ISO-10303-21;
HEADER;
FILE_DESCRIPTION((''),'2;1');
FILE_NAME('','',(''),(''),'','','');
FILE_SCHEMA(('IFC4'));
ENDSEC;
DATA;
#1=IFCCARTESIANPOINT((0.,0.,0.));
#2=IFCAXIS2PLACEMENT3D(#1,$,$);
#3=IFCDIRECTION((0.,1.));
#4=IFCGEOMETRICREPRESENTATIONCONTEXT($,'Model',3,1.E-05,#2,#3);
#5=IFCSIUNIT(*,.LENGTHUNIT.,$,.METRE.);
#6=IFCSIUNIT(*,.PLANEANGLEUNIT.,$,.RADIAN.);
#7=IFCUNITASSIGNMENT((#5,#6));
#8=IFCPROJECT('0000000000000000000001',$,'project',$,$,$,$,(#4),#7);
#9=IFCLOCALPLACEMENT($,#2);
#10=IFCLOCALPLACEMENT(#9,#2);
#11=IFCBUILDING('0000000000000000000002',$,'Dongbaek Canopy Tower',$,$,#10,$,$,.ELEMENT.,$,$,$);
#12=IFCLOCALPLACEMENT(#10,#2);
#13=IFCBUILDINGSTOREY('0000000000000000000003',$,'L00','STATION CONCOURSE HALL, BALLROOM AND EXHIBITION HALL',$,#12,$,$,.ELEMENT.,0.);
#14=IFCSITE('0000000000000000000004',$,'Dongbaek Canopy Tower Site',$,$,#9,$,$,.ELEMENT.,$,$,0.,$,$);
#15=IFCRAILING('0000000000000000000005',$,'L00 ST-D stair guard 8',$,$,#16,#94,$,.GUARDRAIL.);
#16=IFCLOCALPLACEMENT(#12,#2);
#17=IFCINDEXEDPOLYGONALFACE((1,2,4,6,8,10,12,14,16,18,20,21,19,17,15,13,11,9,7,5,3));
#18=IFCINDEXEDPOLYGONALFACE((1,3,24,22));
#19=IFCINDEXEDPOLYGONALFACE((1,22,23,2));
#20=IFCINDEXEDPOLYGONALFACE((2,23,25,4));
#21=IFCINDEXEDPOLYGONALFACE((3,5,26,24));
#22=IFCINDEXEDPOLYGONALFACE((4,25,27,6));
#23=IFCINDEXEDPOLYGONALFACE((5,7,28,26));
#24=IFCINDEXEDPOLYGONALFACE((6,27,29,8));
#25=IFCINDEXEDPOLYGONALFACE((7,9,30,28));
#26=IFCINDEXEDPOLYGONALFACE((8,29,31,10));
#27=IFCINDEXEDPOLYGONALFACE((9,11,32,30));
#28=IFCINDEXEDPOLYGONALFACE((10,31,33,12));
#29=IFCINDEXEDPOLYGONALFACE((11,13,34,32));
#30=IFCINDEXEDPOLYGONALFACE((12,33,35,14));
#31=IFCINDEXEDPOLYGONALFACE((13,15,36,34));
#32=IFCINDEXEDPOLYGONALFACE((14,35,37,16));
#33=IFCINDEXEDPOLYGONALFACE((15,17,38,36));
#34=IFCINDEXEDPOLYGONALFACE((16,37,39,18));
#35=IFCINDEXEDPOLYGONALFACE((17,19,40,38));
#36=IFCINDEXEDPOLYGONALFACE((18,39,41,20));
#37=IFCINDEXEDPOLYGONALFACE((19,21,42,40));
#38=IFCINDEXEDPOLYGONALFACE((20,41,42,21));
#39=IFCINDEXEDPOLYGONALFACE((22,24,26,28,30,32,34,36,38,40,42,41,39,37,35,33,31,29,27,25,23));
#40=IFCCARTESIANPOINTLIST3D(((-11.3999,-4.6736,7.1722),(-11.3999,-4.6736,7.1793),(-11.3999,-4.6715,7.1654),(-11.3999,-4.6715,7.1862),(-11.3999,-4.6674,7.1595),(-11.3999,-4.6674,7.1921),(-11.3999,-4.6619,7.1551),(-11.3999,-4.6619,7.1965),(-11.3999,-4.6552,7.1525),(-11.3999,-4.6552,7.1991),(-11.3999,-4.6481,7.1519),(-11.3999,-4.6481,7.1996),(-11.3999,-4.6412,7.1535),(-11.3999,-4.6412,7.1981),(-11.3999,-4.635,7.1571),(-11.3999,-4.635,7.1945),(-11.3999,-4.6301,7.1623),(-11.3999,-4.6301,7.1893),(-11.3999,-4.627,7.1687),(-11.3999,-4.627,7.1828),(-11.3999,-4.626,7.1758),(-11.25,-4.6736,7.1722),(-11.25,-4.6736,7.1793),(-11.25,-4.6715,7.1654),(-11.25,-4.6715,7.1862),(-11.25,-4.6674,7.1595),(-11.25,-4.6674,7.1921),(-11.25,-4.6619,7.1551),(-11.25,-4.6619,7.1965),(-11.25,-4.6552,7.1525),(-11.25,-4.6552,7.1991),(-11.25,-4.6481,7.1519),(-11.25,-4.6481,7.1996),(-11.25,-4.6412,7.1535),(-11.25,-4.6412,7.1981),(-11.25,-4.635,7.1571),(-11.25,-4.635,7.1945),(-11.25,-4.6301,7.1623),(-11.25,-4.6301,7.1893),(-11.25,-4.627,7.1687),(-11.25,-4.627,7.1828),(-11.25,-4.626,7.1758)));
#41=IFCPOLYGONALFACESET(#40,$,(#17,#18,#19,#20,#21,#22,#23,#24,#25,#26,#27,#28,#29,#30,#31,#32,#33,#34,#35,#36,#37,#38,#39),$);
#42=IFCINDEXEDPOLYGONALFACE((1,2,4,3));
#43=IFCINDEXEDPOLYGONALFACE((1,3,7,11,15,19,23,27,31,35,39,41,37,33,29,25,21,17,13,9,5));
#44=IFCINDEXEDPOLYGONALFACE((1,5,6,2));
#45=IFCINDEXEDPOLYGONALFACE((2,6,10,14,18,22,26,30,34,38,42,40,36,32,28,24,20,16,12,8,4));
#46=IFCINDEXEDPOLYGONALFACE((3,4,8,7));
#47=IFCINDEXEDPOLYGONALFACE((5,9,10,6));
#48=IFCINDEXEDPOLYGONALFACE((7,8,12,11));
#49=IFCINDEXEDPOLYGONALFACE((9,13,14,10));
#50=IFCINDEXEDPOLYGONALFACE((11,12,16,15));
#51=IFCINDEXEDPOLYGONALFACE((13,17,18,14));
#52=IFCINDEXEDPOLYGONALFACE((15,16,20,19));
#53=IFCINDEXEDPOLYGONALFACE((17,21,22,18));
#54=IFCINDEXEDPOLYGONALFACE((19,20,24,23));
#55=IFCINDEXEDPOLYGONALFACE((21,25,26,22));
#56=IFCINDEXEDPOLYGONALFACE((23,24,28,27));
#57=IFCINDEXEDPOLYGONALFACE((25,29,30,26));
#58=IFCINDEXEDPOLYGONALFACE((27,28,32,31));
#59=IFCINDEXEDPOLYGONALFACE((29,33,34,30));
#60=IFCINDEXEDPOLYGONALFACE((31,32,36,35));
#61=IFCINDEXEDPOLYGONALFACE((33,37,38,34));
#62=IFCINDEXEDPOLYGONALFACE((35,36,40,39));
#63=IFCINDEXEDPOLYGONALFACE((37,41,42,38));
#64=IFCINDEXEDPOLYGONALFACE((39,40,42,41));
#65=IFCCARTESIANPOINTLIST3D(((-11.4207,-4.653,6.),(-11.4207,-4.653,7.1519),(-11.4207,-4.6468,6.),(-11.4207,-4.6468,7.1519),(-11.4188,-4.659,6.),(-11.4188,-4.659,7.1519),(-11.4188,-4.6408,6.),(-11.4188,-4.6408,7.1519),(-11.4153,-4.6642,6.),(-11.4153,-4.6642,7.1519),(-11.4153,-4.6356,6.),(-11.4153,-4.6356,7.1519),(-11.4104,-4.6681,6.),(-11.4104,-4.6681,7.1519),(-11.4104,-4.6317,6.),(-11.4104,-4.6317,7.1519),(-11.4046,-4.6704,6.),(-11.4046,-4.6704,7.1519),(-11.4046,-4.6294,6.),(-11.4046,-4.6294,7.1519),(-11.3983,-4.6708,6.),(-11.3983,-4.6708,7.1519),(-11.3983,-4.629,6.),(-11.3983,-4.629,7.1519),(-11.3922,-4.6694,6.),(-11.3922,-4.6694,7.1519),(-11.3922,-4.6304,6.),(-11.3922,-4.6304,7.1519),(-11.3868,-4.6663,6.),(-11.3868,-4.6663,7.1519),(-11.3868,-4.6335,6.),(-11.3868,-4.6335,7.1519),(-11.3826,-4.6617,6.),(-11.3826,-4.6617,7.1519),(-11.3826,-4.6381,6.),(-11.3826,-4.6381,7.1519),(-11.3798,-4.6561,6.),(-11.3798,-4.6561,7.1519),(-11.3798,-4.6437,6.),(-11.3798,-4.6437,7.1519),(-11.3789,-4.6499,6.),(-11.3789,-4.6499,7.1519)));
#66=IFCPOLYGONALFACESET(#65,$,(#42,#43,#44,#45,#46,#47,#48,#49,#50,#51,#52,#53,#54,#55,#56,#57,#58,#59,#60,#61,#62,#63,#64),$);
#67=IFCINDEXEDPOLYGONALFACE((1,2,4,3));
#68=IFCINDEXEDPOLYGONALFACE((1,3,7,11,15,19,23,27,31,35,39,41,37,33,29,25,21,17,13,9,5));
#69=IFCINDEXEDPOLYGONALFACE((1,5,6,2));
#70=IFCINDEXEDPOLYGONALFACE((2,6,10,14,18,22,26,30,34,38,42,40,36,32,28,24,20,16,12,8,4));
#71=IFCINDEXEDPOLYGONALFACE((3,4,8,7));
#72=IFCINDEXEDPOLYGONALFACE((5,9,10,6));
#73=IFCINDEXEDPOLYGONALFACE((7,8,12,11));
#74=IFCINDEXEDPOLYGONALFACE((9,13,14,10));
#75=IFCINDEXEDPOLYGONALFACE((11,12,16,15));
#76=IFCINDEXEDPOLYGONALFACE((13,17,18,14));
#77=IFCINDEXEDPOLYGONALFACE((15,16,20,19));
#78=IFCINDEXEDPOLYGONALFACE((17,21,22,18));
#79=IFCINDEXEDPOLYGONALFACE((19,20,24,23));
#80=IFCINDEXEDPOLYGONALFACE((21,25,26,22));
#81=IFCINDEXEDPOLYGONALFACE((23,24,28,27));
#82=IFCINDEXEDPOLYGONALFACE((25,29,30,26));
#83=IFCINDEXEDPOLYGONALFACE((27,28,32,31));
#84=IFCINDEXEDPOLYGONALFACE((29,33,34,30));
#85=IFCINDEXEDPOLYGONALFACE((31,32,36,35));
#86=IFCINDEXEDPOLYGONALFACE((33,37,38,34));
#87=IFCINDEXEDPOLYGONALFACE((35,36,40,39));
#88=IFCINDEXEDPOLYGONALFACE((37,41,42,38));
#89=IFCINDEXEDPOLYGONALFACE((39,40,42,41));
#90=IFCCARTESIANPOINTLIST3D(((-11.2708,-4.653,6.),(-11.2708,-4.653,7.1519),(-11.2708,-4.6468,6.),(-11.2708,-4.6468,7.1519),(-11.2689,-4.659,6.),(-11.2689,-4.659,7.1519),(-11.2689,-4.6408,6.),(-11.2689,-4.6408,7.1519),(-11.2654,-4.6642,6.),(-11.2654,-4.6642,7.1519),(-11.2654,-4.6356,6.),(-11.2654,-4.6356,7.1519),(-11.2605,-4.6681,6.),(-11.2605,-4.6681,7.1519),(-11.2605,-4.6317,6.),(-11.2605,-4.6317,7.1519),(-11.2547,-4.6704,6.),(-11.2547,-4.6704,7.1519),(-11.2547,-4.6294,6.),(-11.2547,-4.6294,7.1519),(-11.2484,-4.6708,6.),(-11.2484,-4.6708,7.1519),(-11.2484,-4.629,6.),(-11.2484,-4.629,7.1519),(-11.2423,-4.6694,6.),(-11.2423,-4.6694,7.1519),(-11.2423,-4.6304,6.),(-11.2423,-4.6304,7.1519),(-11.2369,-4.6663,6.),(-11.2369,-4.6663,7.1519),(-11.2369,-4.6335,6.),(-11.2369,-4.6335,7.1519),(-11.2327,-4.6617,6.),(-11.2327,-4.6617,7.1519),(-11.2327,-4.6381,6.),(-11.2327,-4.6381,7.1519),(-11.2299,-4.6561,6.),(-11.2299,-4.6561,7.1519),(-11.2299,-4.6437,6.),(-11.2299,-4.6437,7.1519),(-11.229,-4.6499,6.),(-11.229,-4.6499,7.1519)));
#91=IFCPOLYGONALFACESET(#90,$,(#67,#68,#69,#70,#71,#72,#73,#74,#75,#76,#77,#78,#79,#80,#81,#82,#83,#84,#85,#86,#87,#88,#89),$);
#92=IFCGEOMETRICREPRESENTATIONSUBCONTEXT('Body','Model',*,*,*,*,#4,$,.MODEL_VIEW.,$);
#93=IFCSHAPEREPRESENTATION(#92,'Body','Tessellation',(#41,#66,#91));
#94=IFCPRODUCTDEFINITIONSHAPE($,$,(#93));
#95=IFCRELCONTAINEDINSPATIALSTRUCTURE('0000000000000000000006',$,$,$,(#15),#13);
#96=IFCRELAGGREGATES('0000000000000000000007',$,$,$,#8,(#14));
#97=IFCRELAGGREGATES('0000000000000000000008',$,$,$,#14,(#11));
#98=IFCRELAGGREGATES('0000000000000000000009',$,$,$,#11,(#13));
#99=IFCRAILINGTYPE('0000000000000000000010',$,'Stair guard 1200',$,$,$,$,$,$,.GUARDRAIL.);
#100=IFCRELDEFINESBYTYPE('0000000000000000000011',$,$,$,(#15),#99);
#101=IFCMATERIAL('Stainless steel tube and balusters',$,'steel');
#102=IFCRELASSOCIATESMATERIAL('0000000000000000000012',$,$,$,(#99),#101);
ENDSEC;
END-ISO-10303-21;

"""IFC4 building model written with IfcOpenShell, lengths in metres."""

from ifc_helpers import new_model, si_unit, direction, frame, origin, origin_2d, place, context, subcontext, project, spatial, circle, extrude, material, type_object, element, save


model = new_model("IFC4")

# Units and contexts
model_context = context("Model", 3, precision=1e-05, world=origin(), true_north=direction((0.0, 1.0)))
body_context = subcontext(model_context, "Body", "Model", "MODEL_VIEW")
ifc_project = project(units=[si_unit("LENGTHUNIT", "METRE"), si_unit("PLANEANGLEUNIT", "RADIAN")], contexts=[model_context])

# Site, building, storey
site_placement = place(None, origin())
site = spatial("IfcSite", under=ifc_project, at=site_placement, Name="Dongbaek Canopy Tower Site", CompositionType="ELEMENT", RefElevation=0.0)
building_placement = place(site_placement, origin())
building = spatial("IfcBuilding", under=site, at=building_placement, Name="Dongbaek Canopy Tower", CompositionType="ELEMENT")
storey_placement = place(building_placement, origin())
storey = spatial("IfcBuildingStorey", under=building, at=storey_placement, Name="L00", Description="STATION CONCOURSE HALL, BALLROOM AND EXHIBITION HALL", CompositionType="ELEMENT", Elevation=0.0)

# Railing
ifc_material_1 = material(Name="Stainless steel tube and balusters", Category="steel")
railing_type_1 = type_object("IfcRailingType", Name="Stair guard 1200", PredefinedType="GUARDRAIL", material=ifc_material_1)
railing_1_placement = place(storey_placement, frame((-11.3999, -4.6499, 6.0)))
element("IfcRailing", 1, at=railing_1_placement, inside=storey, type_object=railing_type_1, Name="L00 ST-D stair guard 8", PredefinedType="GUARDRAIL", context=body_context, shape_type="SweptSolid", body=[
    extrude(circle(Radius=0.0239, at=origin_2d()), frame((0.0, 0.0, 1.1758), z_axis=(1.0, 0.0, 0.0), x_axis=(0.0, 1.0, 0.0)), (0.0, 0.0, 1.0), 0.1499),
    extrude(circle(Radius=0.021, at=origin_2d()), origin(), (0.0, 0.0, 1.0), 1.1519),
    extrude(circle(Radius=0.021, at=origin_2d()), frame((0.1499, 0.0, 0.0)), (0.0, 0.0, 1.0), 1.1519),
])

save(model, "model.ifc")
